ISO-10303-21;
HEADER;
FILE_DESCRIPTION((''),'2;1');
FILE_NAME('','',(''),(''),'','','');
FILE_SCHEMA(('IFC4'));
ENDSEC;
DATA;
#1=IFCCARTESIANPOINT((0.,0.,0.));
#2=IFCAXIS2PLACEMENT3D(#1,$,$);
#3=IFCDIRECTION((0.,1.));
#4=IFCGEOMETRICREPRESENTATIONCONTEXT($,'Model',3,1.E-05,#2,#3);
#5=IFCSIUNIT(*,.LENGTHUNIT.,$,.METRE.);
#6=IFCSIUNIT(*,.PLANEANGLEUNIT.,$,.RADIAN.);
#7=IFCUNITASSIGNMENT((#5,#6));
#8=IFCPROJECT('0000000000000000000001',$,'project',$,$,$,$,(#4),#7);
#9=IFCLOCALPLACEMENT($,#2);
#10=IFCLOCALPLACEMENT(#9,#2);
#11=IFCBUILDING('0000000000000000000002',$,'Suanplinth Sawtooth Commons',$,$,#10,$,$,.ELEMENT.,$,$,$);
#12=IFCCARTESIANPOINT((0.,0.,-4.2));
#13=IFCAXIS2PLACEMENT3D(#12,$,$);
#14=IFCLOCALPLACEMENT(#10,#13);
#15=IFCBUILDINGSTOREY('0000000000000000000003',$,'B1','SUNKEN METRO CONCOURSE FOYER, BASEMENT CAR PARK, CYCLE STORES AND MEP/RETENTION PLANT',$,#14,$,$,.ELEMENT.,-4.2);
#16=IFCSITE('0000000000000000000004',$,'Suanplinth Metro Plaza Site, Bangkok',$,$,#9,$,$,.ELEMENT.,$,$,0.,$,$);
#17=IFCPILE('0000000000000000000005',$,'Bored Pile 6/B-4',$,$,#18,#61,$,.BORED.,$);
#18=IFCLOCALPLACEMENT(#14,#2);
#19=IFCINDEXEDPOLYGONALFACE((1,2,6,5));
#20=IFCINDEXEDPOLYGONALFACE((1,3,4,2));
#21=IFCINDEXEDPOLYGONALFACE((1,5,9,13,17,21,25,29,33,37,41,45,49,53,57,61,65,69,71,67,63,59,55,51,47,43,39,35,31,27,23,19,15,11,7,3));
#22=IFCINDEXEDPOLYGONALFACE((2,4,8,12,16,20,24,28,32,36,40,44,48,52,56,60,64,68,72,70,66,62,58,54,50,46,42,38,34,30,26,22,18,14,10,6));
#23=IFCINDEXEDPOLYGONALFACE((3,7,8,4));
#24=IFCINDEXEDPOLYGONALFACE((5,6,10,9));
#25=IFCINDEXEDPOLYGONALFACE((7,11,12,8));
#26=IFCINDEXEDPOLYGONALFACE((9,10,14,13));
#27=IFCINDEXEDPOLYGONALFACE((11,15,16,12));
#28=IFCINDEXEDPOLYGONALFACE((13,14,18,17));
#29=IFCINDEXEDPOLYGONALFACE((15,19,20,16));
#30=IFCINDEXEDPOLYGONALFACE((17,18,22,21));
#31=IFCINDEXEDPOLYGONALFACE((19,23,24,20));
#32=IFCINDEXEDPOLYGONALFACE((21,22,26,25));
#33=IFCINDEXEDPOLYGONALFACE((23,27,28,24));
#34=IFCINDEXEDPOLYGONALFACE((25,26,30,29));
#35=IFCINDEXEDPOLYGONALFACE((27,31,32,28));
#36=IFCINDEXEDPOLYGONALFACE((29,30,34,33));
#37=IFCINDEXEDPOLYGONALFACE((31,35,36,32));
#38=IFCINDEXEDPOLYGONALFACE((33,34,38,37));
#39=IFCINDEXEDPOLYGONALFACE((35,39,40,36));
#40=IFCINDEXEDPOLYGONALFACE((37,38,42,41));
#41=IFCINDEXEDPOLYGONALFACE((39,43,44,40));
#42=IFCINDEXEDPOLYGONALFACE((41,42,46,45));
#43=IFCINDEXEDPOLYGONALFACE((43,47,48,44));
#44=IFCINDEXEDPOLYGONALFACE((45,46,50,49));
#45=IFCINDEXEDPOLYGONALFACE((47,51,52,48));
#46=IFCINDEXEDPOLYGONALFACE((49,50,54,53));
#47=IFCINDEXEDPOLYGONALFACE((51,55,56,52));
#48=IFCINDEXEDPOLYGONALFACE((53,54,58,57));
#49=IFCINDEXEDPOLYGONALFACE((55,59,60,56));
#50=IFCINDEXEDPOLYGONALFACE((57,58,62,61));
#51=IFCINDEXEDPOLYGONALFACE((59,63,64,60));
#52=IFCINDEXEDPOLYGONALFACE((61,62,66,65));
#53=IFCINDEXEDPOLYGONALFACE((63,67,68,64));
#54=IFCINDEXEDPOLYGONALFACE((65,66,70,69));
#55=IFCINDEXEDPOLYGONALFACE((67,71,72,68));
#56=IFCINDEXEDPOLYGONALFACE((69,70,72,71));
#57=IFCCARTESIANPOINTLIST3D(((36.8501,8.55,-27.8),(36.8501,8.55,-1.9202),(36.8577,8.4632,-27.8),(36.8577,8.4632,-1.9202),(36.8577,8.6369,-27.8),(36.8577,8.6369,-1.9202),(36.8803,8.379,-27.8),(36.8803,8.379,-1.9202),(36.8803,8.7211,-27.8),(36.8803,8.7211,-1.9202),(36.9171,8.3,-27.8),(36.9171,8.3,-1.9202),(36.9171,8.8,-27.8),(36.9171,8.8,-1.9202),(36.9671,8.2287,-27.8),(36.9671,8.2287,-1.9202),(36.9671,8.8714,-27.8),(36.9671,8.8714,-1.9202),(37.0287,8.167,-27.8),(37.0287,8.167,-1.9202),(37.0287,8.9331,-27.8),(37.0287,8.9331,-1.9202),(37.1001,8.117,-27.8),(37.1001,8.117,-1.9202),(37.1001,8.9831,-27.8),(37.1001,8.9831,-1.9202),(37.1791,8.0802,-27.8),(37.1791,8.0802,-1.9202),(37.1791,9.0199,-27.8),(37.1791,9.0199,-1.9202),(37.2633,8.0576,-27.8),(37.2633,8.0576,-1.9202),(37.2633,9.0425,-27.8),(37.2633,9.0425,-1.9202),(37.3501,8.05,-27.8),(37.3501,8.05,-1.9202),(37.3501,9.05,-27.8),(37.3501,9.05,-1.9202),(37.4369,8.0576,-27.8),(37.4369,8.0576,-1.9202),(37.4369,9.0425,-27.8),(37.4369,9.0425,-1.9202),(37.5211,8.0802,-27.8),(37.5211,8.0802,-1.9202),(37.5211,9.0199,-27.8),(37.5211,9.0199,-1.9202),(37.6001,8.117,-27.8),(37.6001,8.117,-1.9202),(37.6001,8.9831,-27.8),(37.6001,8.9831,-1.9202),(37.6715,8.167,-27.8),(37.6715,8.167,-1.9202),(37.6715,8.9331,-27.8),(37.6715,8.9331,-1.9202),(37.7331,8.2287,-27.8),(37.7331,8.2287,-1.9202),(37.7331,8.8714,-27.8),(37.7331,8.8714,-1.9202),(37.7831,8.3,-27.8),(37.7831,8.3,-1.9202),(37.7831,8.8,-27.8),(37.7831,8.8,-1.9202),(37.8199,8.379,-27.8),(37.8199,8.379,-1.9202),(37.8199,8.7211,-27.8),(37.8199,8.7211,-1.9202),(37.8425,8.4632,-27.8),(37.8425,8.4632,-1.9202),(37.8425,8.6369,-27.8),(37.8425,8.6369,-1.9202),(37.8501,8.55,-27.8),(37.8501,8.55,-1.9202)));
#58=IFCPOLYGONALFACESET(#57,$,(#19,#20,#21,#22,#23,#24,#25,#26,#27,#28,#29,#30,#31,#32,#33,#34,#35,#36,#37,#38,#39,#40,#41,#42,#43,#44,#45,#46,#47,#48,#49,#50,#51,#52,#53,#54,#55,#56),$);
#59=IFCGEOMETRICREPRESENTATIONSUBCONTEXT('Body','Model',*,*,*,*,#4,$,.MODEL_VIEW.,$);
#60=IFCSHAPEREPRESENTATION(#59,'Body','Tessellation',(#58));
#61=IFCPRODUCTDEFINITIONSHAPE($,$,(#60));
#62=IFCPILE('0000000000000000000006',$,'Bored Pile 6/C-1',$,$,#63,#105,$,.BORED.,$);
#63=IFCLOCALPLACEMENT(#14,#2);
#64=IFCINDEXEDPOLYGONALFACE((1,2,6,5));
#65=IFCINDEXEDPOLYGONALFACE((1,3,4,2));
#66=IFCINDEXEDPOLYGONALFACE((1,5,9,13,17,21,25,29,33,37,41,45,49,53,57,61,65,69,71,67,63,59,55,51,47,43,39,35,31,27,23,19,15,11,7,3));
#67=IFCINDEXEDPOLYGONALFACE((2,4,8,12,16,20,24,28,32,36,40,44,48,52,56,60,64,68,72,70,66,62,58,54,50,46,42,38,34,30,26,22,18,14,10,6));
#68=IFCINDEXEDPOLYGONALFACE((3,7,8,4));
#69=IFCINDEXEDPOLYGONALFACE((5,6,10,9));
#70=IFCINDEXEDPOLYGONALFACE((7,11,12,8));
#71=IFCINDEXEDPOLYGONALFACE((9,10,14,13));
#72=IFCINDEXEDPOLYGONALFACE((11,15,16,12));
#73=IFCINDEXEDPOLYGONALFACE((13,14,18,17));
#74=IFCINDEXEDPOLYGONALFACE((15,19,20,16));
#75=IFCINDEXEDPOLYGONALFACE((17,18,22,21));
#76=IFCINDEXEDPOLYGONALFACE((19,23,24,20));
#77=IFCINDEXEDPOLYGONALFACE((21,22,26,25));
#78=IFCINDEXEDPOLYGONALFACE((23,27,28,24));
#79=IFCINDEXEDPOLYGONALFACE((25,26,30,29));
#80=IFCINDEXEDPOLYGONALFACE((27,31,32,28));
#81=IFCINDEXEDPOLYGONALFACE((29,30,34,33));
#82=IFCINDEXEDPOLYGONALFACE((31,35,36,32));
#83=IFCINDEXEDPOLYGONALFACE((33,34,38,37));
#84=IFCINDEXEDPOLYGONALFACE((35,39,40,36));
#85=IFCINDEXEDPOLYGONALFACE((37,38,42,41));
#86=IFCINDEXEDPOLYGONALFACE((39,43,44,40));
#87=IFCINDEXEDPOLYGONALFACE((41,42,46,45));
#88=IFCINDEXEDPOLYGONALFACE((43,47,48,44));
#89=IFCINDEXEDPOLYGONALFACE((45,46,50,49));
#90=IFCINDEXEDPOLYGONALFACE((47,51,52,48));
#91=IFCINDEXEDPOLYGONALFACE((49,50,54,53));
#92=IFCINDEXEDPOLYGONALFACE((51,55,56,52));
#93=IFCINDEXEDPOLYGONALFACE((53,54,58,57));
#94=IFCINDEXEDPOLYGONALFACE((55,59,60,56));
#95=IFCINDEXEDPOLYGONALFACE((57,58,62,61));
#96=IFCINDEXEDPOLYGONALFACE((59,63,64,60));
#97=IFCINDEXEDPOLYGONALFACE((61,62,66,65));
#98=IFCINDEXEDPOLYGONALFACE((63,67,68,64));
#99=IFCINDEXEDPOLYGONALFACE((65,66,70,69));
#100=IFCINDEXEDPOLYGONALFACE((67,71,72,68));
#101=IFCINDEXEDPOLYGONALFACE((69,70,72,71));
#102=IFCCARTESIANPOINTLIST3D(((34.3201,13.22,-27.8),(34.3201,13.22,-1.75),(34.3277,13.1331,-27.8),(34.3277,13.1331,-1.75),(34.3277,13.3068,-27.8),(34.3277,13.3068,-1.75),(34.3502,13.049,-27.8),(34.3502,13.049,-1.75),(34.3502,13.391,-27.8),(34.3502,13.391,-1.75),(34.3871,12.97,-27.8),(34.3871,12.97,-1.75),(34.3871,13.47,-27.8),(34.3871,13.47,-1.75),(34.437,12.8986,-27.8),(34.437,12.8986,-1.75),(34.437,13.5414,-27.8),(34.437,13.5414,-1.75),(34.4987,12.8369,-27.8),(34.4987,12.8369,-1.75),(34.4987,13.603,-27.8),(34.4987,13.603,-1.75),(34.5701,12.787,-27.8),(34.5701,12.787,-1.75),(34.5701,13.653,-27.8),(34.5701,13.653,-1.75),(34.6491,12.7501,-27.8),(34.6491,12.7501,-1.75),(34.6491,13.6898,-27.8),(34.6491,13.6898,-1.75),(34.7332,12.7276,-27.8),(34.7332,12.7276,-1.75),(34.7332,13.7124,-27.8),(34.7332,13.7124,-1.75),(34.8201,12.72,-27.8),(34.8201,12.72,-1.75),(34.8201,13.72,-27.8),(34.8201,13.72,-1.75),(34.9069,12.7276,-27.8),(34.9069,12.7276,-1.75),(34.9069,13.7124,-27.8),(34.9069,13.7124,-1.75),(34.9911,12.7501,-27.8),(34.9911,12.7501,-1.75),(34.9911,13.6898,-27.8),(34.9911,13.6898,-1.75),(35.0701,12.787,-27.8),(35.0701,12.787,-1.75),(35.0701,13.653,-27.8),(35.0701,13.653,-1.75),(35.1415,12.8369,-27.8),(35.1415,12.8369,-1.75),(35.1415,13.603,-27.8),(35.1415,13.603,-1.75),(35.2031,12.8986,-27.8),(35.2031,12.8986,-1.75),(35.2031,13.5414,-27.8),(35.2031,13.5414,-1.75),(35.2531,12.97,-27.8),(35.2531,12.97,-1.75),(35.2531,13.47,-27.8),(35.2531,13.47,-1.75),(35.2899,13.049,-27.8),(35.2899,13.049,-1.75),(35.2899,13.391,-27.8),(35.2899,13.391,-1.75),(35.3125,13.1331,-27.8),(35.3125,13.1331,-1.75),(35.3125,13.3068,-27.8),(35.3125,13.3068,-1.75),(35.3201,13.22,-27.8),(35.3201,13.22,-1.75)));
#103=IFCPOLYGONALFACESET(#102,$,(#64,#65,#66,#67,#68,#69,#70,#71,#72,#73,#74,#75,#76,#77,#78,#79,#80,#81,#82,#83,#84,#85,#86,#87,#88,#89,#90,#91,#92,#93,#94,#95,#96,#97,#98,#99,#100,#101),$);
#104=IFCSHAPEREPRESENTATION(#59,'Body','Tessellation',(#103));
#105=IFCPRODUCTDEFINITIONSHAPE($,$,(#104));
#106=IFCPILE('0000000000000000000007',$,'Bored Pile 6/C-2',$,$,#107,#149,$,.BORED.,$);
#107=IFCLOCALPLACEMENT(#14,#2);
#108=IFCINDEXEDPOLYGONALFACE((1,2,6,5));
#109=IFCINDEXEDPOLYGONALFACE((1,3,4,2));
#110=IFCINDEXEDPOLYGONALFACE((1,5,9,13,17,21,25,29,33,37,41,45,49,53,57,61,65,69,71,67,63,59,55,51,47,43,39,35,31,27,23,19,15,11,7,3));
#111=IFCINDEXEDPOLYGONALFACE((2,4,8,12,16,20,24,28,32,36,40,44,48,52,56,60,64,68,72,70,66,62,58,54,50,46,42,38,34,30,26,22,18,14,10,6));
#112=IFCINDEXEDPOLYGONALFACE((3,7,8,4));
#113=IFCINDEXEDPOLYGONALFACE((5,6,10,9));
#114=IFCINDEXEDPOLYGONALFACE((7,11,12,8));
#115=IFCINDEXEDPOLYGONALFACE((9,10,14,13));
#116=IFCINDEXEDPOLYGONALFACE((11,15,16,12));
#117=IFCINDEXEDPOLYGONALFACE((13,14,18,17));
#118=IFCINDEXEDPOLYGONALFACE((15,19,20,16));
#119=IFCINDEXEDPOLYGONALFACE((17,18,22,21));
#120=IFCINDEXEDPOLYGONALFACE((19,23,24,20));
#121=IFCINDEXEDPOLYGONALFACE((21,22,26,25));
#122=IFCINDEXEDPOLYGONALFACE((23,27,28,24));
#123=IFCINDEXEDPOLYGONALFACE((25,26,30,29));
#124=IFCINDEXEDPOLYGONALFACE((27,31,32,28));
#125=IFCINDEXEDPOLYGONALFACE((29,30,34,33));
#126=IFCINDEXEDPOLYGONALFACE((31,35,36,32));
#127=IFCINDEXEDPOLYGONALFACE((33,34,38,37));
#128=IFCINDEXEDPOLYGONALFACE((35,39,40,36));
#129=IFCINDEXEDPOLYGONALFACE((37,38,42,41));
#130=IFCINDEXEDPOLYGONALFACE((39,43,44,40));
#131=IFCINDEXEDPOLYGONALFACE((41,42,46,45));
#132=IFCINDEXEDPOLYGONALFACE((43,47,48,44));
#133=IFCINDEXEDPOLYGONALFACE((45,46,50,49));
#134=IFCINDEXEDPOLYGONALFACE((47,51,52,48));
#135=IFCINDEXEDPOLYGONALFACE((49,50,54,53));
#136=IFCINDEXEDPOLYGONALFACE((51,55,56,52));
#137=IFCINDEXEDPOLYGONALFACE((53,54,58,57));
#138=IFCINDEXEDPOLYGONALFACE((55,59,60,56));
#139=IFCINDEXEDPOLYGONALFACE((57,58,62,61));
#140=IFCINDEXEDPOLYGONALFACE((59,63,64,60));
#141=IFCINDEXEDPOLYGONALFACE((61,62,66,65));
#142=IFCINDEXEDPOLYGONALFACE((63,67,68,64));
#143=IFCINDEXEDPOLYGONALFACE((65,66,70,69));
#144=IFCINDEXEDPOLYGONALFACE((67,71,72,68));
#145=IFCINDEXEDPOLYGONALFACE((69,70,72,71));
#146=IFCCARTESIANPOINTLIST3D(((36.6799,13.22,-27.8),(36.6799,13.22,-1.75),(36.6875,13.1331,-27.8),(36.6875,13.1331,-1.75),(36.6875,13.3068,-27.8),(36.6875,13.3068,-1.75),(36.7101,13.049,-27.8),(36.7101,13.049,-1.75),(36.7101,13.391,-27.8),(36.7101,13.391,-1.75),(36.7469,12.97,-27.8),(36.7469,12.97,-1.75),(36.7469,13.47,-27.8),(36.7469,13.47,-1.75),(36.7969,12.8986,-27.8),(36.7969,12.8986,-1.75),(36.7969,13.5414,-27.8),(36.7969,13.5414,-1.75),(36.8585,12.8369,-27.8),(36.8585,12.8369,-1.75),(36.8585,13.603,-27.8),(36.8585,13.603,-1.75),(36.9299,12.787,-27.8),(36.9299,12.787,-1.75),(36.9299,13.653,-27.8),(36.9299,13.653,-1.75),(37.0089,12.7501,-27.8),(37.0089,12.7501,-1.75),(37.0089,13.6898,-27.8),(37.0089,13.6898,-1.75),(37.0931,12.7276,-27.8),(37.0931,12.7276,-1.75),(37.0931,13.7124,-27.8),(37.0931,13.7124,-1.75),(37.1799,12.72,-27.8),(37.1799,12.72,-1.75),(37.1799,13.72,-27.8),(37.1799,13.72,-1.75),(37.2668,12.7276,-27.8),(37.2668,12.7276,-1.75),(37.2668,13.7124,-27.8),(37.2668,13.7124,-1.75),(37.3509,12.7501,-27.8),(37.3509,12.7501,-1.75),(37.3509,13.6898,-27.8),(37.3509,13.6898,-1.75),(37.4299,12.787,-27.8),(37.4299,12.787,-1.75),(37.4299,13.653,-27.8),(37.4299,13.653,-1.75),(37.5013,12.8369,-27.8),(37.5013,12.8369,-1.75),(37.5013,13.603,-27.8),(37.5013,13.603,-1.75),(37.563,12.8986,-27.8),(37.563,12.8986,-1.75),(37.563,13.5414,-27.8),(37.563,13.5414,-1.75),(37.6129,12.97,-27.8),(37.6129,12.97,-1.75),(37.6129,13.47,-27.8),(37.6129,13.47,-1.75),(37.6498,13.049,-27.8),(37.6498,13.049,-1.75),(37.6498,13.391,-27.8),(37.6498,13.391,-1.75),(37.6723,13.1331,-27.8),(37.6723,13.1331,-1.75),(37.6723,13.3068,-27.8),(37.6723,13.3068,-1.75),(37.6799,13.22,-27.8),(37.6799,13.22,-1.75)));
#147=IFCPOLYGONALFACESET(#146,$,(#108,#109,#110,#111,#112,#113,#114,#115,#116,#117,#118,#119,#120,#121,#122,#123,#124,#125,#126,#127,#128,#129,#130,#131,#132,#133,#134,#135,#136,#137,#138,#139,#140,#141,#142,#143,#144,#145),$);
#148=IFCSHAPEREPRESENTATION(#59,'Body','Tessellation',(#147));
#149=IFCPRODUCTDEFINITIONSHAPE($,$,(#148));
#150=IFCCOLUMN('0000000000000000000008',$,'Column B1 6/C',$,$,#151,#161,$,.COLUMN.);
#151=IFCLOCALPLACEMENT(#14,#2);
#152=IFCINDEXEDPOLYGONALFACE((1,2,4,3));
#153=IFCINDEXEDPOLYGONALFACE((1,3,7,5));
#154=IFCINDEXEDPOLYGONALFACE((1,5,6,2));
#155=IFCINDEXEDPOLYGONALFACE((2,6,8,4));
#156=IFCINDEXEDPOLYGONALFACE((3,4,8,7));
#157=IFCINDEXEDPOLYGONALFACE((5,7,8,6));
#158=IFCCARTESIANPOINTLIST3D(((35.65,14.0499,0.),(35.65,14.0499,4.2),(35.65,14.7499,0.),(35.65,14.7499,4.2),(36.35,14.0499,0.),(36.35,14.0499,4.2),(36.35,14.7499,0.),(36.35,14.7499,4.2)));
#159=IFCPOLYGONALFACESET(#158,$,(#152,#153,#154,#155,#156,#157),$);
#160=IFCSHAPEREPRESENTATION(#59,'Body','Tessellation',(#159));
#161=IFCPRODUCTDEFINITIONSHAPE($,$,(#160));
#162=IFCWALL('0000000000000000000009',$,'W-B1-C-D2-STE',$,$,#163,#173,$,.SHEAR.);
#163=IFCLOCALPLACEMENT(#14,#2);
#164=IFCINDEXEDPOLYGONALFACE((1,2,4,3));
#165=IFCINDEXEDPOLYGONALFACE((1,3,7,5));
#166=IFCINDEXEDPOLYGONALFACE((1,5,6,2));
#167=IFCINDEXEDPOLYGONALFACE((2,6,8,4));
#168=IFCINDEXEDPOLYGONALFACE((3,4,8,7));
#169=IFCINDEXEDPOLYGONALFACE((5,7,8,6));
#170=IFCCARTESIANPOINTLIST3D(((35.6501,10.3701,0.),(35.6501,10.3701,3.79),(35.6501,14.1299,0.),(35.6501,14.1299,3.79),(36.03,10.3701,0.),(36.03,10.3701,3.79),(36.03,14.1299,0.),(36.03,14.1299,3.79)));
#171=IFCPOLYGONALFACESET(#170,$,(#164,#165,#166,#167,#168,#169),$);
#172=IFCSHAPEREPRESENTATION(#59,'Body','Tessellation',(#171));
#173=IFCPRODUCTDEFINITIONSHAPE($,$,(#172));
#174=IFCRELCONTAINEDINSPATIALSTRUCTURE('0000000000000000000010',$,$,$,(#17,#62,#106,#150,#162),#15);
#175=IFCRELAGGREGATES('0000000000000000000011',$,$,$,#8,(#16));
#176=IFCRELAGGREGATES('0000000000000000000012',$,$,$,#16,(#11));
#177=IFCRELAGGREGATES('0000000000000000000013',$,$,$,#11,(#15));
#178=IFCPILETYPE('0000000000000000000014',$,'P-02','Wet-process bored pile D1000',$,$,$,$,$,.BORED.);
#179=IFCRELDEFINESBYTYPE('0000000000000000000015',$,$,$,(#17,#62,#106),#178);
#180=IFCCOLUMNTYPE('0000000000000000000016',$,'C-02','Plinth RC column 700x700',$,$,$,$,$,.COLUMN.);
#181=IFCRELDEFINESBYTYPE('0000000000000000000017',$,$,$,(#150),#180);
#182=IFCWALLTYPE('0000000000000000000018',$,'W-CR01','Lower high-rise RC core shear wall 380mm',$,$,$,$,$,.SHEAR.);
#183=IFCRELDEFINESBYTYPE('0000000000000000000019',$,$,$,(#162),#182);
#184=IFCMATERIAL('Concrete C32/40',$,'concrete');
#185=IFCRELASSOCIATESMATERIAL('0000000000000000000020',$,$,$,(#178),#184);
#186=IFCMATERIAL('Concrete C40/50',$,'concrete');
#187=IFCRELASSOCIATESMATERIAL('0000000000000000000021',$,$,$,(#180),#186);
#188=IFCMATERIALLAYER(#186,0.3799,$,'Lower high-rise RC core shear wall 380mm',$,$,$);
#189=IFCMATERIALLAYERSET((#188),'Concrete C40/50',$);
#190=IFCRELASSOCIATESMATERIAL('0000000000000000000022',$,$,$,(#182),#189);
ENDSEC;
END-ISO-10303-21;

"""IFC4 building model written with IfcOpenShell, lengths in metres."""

from ifc_helpers import new_model, si_unit, direction, frame, frame_2d, origin, origin_2d, place, context, subcontext, project, spatial, rectangle, circle, extrude, material, layer, layer_set, material_profile, profile_set, type_object, element, save


model = new_model("IFC4")

# Units and contexts
model_context = context("Model", 3, precision=1e-05, world=origin(), true_north=direction((0.0, 1.0)))
body_context = subcontext(model_context, "Body", "Model", "MODEL_VIEW")
ifc_project = project(units=[si_unit("LENGTHUNIT", "METRE"), si_unit("PLANEANGLEUNIT", "RADIAN")], contexts=[model_context])

# Site, building, storey
site_placement = place(None, origin())
site = spatial("IfcSite", under=ifc_project, at=site_placement, Name="Suanplinth Metro Plaza Site, Bangkok", CompositionType="ELEMENT", RefElevation=0.0)
building_placement = place(site_placement, origin())
building = spatial("IfcBuilding", under=site, at=building_placement, Name="Suanplinth Sawtooth Commons", CompositionType="ELEMENT")
storey_placement = place(building_placement, frame((0.0, 0.0, -4.2)))
storey = spatial("IfcBuildingStorey", under=building, at=storey_placement, Name="B1", Description="SUNKEN METRO CONCOURSE FOYER, BASEMENT CAR PARK, CYCLE STORES AND MEP/RETENTION PLANT", CompositionType="ELEMENT", Elevation=-4.2)

# Piles
ifc_material_1 = material(Name="Concrete C32/40", Category="concrete")
ifc_material_profile_1 = material_profile(ifc_material_1, circle(Radius=0.5, at=origin_2d()), Name="PILE D1000")
ifc_profile_set_1 = profile_set([ifc_material_profile_1], Name="Concrete C32/40")
pile_type = type_object("IfcPileType", Name="P-02", Description="Wet-process bored pile D1000", PredefinedType="BORED", material=ifc_profile_set_1)
for number, where, z_axis, x_axis, name in (
    (1, (37.3501, 8.55, -1.9202), (0.0, 0.0, -1.0), (1.0, 0.0, 0.0), "Bored Pile 6/B-4"),
):
    element("IfcPile", number, at=place(storey_placement, frame(where, z_axis=z_axis, x_axis=x_axis)), inside=storey, type_object=pile_type, Name=name, PredefinedType="BORED", context=body_context, shape_type="SweptSolid", body=[
        extrude(circle(Radius=0.5, at=origin_2d()), origin(), (0.0, 0.0, 1.0), 25.8799),
    ])
for number, where, z_axis, x_axis, name in (
    (2, (34.8201, 13.22, -1.75), (0.0, 0.0, -1.0), (1.0, 0.0, 0.0), "Bored Pile 6/C-1"),
    (3, (37.1799, 13.22, -1.75), (0.0, 0.0, -1.0), (1.0, 0.0, 0.0), "Bored Pile 6/C-2"),
):
    element("IfcPile", number, at=place(storey_placement, frame(where, z_axis=z_axis, x_axis=x_axis)), inside=storey, type_object=pile_type, Name=name, PredefinedType="BORED", context=body_context, shape_type="SweptSolid", body=[
        extrude(circle(Radius=0.5, at=origin_2d()), origin(), (0.0, 0.0, 1.0), 26.05),
    ])

# Column
ifc_material_2 = material(Name="Concrete C40/50", Category="concrete")
ifc_material_profile_2 = material_profile(ifc_material_2, rectangle(XDim=0.7, YDim=0.7, at=origin_2d()), Name="RC-COL 700x700")
ifc_profile_set_2 = profile_set([ifc_material_profile_2], Name="Concrete C40/50")
column_type = type_object("IfcColumnType", Name="C-02", Description="Plinth RC column 700x700", PredefinedType="COLUMN", material=ifc_profile_set_2)
column_placement = place(storey_placement, frame((36.0, 14.3999, 0.0), z_axis=(0.0, 0.0, 1.0), x_axis=(1.0, 0.0, 0.0)))
element("IfcColumn", 4, at=column_placement, inside=storey, type_object=column_type, Name="Column B1 6/C", PredefinedType="COLUMN", context=body_context, shape_type="SweptSolid", body=[
    extrude(rectangle(XDim=0.7, YDim=0.7, at=origin_2d()), origin(), (0.0, 0.0, 1.0), 4.2),
])

# Wall
ifc_layer_1 = layer(ifc_material_2, 0.3799, Name="Lower high-rise RC core shear wall 380mm")
ifc_layer_set_1 = layer_set([ifc_layer_1], Name="Concrete C40/50")
wall_type_1 = type_object("IfcWallType", Name="W-CR01", Description="Lower high-rise RC core shear wall 380mm", PredefinedType="SHEAR", material=ifc_layer_set_1)
wall_1_placement = place(storey_placement, frame((35.8401, 10.3701, 0.0), z_axis=(0.0, 0.0, 1.0), x_axis=(0.0, 1.0, 0.0)))
element("IfcWall", 5, at=wall_1_placement, inside=storey, type_object=wall_type_1, Name="W-B1-C-D2-STE", PredefinedType="SHEAR", context=body_context, shape_type="SweptSolid", body=[
    extrude(rectangle(XDim=3.7598, YDim=0.3799, at=frame_2d((1.8799, 0.0))), origin(), (0.0, 0.0, 1.0), 3.79),
])

save(model, "model.ifc")
